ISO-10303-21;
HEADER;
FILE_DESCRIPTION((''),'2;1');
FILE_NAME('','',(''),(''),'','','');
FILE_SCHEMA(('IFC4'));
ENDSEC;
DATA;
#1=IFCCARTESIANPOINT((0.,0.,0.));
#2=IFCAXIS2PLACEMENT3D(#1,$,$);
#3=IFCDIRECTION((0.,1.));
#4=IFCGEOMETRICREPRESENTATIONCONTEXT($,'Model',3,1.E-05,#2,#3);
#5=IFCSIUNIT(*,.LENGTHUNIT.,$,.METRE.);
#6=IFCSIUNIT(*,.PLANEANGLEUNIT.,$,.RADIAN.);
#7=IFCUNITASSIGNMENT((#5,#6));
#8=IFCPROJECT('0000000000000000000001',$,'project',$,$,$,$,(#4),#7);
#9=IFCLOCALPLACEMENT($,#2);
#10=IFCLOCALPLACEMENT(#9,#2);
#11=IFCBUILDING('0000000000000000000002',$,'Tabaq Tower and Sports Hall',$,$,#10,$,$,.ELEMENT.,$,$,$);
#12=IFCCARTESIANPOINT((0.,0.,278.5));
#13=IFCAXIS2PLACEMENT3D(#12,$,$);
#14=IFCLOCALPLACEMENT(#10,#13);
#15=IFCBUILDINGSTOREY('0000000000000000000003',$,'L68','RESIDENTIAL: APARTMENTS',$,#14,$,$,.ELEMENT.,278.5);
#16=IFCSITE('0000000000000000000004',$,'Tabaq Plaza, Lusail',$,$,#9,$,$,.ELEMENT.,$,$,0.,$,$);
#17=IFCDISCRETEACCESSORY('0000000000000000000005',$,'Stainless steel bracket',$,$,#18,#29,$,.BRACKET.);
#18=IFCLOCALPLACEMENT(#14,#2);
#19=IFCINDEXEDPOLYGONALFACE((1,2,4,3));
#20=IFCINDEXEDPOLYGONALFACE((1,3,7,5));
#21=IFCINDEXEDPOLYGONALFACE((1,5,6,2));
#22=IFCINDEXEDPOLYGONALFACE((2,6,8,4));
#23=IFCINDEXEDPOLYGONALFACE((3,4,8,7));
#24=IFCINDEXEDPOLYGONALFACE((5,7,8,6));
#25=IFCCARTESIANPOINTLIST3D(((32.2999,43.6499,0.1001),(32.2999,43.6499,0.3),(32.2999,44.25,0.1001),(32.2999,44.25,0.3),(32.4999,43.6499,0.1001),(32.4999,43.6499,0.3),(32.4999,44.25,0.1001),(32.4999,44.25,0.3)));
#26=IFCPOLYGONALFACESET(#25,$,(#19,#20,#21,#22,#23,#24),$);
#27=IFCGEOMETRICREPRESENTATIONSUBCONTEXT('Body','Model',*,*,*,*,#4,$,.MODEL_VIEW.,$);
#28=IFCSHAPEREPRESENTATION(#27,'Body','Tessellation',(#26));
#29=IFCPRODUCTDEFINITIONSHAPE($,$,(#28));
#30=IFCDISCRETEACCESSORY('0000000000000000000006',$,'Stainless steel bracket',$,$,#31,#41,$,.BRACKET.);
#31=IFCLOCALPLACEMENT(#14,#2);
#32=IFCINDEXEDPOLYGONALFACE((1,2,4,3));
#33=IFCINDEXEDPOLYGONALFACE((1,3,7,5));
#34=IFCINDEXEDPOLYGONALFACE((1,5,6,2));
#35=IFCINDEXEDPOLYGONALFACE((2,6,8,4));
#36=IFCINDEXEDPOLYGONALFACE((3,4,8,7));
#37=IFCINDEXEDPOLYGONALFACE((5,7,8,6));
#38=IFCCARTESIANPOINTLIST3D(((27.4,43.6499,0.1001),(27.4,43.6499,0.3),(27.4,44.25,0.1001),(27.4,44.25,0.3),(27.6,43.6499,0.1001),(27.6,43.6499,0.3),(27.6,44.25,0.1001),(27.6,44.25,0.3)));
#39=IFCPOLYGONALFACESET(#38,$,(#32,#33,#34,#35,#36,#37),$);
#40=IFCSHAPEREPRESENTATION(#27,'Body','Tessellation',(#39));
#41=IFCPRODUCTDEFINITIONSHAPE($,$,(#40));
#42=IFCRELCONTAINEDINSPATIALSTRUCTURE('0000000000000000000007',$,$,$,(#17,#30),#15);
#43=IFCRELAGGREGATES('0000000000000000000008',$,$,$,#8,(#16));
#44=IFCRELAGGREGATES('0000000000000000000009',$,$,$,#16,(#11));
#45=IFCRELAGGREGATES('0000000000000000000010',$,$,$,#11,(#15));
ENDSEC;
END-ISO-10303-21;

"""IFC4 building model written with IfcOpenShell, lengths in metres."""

from ifc_helpers import new_model, si_unit, direction, frame, origin, origin_2d, place, context, subcontext, project, spatial, rectangle, extrude, element, save


model = new_model("IFC4")

# Units and contexts
model_context = context("Model", 3, precision=1e-05, world=origin(), true_north=direction((0.0, 1.0)))
body_context = subcontext(model_context, "Body", "Model", "MODEL_VIEW")
ifc_project = project(units=[si_unit("LENGTHUNIT", "METRE"), si_unit("PLANEANGLEUNIT", "RADIAN")], contexts=[model_context])

# Site, building, storey
site_placement = place(None, origin())
site = spatial("IfcSite", under=ifc_project, at=site_placement, Name="Tabaq Plaza, Lusail", CompositionType="ELEMENT", RefElevation=0.0)
building_placement = place(site_placement, origin())
building = spatial("IfcBuilding", under=site, at=building_placement, Name="Tabaq Tower and Sports Hall", CompositionType="ELEMENT")
storey_placement = place(building_placement, frame((0.0, 0.0, 278.5)))
storey = spatial("IfcBuildingStorey", under=building, at=storey_placement, Name="L68", Description="RESIDENTIAL: APARTMENTS", CompositionType="ELEMENT", Elevation=278.5)

# Discrete accessories
for number, where, z_axis, x_axis, name in (
    (1, (32.3999, 43.95, 0.1001), (0.0, 0.0, 1.0), (0.0, 1.0, 0.0), "Stainless steel bracket"),
    (2, (27.5, 43.95, 0.1001), (0.0, 0.0, 1.0), (0.0, 1.0, 0.0), "Stainless steel bracket"),
):
    element("IfcDiscreteAccessory", number, at=place(storey_placement, frame(where, z_axis=z_axis, x_axis=x_axis)), inside=storey, Name=name, PredefinedType="BRACKET", context=body_context, shape_type="SweptSolid", body=[
        extrude(rectangle(XDim=0.6001, YDim=0.2, at=origin_2d()), origin(), (0.0, 0.0, 1.0), 0.2),
    ])

save(model, "model.ifc")
